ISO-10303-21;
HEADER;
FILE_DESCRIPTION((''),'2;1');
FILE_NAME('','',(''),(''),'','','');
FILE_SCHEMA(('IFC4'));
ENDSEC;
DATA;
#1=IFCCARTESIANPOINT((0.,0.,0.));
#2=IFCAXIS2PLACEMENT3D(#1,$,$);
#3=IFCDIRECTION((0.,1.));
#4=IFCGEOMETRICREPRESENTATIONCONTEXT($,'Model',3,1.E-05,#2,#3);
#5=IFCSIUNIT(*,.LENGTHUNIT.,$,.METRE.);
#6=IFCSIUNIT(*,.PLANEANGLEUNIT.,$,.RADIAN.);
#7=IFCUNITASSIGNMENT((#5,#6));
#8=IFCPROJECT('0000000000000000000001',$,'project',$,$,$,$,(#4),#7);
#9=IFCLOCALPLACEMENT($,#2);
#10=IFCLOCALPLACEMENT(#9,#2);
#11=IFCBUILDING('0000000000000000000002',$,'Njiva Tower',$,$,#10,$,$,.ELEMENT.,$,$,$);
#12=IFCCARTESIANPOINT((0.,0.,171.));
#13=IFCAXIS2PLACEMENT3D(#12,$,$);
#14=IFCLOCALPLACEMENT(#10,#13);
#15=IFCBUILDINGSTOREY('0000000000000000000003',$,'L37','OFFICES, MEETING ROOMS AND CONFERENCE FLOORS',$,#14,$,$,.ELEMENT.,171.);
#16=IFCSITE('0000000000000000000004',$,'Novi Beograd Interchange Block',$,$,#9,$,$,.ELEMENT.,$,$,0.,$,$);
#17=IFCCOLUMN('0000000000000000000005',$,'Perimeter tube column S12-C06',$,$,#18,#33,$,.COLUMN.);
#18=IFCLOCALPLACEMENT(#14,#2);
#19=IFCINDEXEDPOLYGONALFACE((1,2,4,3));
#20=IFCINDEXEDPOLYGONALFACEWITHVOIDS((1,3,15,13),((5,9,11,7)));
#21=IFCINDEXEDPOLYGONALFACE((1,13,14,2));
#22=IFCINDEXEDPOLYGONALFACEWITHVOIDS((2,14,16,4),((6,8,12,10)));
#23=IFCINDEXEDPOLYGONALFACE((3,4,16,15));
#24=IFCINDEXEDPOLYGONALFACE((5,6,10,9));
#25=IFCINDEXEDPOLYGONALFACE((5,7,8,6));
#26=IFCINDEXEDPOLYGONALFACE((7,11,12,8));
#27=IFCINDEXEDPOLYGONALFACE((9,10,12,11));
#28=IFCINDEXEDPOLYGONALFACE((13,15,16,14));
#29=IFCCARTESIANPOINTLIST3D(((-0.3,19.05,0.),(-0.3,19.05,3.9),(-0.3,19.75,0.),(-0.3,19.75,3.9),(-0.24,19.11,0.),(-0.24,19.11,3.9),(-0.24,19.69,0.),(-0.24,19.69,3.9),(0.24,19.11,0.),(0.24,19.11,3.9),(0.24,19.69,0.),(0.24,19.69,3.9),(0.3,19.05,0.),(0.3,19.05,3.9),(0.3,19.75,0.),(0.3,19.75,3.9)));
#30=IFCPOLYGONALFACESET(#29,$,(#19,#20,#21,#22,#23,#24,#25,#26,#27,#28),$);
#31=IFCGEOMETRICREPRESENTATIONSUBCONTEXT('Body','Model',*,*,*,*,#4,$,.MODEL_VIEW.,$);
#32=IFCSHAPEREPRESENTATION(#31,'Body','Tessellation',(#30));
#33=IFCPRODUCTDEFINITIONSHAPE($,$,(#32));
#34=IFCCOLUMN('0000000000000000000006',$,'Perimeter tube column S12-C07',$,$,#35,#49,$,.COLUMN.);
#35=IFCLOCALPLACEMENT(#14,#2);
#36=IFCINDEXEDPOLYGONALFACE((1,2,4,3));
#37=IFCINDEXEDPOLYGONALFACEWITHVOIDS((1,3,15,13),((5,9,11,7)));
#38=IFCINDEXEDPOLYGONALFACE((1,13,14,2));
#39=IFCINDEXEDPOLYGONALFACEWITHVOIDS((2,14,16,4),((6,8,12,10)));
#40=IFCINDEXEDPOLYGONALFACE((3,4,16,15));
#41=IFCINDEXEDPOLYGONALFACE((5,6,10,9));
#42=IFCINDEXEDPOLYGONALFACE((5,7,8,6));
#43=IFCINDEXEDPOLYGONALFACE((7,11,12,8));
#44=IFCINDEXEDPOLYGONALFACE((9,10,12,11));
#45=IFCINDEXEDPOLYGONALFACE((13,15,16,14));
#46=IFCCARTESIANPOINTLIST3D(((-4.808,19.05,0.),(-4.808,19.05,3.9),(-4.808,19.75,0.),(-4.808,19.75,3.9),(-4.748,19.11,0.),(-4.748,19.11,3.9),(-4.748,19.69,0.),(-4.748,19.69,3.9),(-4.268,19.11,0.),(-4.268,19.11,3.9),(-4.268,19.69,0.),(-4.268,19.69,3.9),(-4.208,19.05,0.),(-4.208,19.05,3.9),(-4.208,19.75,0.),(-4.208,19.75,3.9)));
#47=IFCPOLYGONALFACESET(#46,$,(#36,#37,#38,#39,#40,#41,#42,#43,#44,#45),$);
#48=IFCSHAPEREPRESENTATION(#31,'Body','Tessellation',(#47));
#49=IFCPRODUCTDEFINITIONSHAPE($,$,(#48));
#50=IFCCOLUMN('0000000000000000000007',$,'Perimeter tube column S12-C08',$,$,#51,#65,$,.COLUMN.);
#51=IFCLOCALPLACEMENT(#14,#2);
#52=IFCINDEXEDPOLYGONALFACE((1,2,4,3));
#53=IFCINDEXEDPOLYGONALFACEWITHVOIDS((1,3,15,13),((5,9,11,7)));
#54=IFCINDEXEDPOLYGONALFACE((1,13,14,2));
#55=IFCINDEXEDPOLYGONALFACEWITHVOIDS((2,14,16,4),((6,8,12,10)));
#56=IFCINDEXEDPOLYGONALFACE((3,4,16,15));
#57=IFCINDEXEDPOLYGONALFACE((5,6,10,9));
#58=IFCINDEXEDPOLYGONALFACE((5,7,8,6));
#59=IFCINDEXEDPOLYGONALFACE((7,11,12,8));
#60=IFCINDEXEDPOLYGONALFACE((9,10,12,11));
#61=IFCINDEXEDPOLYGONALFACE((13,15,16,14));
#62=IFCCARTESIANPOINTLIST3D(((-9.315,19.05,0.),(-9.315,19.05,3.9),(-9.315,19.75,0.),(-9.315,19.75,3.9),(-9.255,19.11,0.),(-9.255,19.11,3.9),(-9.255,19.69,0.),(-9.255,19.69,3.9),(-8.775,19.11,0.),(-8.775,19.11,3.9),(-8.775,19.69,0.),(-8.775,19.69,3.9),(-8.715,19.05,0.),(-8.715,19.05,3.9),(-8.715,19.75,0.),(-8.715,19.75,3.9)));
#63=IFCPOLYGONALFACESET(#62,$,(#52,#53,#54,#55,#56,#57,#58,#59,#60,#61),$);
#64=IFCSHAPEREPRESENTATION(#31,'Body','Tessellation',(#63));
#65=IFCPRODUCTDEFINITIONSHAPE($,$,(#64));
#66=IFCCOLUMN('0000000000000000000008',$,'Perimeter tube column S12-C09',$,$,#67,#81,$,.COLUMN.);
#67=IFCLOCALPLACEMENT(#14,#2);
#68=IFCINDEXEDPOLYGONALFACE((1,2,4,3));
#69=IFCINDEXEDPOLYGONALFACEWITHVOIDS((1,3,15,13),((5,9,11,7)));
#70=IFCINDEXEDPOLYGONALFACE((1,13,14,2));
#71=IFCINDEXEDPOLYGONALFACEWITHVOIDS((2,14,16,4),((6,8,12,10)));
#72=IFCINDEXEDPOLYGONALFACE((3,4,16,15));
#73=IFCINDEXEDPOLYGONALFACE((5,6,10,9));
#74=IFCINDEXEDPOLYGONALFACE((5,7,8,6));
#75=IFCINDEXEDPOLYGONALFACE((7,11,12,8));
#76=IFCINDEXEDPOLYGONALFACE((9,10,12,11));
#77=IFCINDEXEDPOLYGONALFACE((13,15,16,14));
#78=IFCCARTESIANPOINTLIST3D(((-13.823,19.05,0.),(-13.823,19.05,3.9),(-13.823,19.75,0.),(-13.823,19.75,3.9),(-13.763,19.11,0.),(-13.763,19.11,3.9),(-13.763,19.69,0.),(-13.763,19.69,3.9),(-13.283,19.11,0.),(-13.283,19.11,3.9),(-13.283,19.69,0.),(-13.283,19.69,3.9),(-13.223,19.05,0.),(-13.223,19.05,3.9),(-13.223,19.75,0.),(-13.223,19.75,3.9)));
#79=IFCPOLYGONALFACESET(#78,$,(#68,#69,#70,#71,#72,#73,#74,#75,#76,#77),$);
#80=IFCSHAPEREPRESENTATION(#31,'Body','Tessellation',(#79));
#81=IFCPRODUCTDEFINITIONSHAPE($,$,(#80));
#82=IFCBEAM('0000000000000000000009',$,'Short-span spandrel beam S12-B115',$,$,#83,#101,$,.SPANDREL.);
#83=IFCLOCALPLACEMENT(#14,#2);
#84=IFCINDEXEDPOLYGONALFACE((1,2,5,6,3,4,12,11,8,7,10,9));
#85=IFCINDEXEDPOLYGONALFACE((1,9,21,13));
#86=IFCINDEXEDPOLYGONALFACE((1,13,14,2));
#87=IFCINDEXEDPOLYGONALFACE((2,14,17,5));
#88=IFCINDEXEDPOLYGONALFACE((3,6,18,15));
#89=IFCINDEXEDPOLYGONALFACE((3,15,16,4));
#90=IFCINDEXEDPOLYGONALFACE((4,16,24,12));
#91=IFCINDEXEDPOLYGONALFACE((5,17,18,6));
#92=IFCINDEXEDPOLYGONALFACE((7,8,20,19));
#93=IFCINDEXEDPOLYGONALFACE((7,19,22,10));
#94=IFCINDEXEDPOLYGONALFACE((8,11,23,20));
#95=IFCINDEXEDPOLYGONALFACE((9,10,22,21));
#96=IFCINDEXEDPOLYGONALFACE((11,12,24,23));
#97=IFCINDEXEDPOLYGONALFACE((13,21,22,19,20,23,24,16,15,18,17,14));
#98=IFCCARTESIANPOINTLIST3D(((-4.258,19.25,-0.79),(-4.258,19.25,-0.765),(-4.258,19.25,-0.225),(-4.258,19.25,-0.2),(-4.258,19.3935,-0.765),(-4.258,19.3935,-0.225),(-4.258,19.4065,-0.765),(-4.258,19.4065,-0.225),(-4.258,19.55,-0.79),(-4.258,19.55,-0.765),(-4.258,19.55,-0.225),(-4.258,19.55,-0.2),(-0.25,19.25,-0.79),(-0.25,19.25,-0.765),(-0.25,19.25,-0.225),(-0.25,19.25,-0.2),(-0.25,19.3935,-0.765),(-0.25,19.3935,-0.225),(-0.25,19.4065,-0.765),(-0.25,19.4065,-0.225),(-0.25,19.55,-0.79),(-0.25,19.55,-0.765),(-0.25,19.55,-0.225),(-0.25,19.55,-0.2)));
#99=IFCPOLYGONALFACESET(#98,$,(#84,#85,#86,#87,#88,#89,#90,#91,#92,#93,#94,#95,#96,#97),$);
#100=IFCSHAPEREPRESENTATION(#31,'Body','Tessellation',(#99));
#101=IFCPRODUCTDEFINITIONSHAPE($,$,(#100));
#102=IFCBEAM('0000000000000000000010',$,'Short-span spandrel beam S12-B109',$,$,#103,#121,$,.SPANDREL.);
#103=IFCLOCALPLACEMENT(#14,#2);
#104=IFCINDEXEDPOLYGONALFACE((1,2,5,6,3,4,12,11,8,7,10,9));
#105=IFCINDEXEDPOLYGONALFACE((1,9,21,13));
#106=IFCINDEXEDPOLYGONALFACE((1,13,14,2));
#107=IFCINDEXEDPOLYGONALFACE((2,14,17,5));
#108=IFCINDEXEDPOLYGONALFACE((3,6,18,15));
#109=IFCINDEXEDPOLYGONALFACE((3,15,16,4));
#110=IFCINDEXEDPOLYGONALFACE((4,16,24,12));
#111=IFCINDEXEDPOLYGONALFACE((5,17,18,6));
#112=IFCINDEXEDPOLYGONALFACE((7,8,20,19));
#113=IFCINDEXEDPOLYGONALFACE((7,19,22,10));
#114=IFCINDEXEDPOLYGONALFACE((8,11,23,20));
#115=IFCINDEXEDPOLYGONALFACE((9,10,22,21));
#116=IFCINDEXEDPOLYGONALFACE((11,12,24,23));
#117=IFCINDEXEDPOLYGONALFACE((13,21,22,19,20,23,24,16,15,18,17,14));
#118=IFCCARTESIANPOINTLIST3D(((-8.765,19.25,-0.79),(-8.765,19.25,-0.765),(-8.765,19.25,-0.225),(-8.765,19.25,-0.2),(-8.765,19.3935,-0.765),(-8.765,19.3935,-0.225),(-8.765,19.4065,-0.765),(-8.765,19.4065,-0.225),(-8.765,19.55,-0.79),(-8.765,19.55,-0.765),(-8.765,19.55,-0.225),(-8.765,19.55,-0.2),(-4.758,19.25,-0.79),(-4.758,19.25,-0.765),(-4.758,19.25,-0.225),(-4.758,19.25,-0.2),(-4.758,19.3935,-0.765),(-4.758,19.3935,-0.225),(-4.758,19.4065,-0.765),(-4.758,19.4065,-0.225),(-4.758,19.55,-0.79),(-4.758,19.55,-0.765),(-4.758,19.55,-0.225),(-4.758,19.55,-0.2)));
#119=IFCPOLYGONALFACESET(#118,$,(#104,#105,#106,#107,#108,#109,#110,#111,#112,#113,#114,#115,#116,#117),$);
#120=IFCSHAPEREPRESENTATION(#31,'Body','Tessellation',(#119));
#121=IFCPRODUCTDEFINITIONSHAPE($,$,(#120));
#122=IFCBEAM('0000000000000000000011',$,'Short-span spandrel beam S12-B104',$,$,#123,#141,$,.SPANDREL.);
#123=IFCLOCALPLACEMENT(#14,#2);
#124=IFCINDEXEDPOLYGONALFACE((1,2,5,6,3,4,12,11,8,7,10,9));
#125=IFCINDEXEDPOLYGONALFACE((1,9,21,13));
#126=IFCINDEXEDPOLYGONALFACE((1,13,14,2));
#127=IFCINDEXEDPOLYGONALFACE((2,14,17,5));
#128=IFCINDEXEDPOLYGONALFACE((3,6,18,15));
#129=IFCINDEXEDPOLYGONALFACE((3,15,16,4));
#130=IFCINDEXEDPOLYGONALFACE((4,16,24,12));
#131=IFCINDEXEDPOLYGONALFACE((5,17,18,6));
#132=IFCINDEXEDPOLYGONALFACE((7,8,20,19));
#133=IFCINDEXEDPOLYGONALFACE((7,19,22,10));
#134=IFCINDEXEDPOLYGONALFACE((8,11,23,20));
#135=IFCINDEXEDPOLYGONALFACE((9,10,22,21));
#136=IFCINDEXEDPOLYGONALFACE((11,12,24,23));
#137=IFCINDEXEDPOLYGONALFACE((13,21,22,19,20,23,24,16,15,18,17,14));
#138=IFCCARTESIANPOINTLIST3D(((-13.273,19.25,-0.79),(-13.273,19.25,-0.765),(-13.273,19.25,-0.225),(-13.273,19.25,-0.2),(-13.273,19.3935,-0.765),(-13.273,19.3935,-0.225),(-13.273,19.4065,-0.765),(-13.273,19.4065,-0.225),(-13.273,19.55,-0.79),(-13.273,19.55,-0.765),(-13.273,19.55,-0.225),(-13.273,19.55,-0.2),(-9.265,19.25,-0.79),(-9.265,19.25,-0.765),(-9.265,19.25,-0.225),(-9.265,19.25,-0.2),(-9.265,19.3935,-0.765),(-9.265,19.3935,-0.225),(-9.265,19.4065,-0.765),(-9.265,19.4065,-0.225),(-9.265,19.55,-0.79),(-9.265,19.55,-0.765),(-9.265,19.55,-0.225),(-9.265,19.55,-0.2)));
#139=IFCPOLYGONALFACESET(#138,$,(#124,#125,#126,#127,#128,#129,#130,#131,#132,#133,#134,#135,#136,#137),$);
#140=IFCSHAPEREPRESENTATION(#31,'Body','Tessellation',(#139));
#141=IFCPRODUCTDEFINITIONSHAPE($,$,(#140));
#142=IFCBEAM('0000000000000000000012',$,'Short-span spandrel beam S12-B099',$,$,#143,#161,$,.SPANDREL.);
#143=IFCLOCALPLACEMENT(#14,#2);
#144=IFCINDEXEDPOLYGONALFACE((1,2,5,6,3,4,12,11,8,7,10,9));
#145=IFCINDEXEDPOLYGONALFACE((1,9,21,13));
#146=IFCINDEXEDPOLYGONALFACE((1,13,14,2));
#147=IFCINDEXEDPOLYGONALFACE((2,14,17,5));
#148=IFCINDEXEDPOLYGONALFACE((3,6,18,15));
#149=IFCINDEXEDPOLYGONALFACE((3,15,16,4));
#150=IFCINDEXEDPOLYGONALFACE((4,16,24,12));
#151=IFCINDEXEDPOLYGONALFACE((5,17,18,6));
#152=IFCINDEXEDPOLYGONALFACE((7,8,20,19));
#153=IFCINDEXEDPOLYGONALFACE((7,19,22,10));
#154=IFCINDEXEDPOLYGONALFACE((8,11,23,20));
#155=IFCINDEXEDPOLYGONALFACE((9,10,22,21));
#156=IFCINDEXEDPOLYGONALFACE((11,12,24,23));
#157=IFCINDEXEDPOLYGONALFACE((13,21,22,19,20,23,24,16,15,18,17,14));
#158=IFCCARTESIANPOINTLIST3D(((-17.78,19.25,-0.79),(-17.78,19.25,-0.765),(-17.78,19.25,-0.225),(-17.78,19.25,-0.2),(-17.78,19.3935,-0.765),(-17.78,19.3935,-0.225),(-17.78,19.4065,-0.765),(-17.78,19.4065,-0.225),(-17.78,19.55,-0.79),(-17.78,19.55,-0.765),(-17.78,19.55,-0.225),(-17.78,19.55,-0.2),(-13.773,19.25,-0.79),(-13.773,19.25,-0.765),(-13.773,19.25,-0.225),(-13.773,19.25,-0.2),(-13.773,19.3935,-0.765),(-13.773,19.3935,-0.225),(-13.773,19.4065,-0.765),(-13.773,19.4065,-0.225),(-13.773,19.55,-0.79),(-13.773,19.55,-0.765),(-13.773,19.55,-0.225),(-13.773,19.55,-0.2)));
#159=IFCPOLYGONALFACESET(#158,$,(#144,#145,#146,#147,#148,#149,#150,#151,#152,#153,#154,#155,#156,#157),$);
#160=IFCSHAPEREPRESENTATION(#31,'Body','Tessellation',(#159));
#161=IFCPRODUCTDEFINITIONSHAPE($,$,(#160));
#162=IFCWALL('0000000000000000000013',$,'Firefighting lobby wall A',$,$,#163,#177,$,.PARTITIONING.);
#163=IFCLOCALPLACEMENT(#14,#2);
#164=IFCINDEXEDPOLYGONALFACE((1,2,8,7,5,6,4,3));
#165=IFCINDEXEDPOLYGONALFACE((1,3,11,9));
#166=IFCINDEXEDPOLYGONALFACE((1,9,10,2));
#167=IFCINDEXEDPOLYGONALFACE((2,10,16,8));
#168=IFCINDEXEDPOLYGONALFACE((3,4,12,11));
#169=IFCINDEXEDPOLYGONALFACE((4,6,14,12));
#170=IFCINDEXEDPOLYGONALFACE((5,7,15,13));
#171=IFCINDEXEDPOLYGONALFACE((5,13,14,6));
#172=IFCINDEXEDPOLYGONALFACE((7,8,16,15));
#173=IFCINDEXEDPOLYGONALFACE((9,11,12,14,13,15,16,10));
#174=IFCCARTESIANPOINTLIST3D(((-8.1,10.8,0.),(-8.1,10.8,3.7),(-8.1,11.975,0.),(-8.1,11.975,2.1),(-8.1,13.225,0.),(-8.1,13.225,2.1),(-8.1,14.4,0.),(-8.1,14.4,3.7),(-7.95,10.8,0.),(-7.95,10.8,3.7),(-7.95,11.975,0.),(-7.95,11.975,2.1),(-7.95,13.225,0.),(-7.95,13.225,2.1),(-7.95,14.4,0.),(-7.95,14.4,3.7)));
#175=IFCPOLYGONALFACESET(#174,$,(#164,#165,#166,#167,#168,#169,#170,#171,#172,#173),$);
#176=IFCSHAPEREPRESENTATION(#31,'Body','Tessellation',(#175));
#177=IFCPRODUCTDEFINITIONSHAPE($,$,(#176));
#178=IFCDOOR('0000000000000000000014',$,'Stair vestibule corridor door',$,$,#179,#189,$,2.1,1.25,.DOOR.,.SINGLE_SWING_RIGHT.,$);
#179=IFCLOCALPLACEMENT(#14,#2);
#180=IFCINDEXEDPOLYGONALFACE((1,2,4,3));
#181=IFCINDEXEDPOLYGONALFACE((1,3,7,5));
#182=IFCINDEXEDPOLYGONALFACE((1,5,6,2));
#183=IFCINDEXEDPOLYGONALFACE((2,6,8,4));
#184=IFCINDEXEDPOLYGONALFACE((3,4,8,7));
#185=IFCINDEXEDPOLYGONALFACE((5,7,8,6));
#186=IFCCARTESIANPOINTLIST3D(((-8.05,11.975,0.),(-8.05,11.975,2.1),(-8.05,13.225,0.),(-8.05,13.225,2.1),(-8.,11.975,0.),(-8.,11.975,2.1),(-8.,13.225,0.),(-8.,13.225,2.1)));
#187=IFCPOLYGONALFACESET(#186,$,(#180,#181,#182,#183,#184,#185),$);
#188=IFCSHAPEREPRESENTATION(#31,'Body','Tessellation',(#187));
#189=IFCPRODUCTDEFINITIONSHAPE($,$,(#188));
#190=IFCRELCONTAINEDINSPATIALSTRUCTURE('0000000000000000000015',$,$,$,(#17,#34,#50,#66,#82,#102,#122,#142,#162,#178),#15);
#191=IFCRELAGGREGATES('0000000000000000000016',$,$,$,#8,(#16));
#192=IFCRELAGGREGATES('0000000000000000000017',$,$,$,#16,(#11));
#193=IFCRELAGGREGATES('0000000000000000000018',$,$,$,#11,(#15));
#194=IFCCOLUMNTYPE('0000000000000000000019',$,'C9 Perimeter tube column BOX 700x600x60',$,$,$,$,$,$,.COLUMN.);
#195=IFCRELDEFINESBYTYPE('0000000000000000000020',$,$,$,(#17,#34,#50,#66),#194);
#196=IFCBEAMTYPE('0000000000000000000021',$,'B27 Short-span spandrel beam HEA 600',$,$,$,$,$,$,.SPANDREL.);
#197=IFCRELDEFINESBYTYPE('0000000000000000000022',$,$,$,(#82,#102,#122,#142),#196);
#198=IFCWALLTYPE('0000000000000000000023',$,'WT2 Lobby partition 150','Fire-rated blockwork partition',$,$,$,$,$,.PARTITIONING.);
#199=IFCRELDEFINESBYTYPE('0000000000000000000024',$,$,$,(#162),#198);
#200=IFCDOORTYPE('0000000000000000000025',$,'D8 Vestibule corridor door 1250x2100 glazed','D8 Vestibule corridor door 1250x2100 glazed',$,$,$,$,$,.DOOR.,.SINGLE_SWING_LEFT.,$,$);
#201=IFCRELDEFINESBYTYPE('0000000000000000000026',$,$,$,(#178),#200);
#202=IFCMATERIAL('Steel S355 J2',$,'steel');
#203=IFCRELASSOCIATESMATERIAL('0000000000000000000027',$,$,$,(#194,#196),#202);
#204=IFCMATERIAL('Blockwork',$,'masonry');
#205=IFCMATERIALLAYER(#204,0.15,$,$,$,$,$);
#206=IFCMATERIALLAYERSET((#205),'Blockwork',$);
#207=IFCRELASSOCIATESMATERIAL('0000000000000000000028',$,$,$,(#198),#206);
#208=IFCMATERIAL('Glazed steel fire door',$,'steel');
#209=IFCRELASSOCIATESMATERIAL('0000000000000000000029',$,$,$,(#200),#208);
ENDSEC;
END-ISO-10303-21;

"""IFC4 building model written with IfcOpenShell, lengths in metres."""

from ifc_helpers import new_model, si_unit, direction, frame, frame_2d, origin, origin_2d, place, context, subcontext, project, spatial, rectangle, hollow_rectangle, i_section, extrude, material, layer, layer_set, material_profile, profile_set, type_object, element, fill, save


model = new_model("IFC4")

# Units and contexts
model_context = context("Model", 3, precision=1e-05, world=origin(), true_north=direction((0.0, 1.0)))
body_context = subcontext(model_context, "Body", "Model", "MODEL_VIEW")
ifc_project = project(units=[si_unit("LENGTHUNIT", "METRE"), si_unit("PLANEANGLEUNIT", "RADIAN")], contexts=[model_context])

# Site, building, storey
site_placement = place(None, origin())
site = spatial("IfcSite", under=ifc_project, at=site_placement, Name="Novi Beograd Interchange Block", CompositionType="ELEMENT", RefElevation=0.0)
building_placement = place(site_placement, origin())
building = spatial("IfcBuilding", under=site, at=building_placement, Name="Njiva Tower", CompositionType="ELEMENT")
storey_placement = place(building_placement, frame((0.0, 0.0, 171.0)))
storey = spatial("IfcBuildingStorey", under=building, at=storey_placement, Name="L37", Description="OFFICES, MEETING ROOMS AND CONFERENCE FLOORS", CompositionType="ELEMENT", Elevation=171.0)

# Columns
ifc_material_1 = material(Name="Steel S355 J2", Category="steel")
ifc_material_profile_1 = material_profile(ifc_material_1, hollow_rectangle(XDim=0.6, YDim=0.7, WallThickness=0.06, at=origin_2d()), Name="BOX 700x600x60")
ifc_profile_set_1 = profile_set([ifc_material_profile_1], Name="Steel S355 J2")
column_type = type_object("IfcColumnType", Name="C9 Perimeter tube column BOX 700x600x60", PredefinedType="COLUMN", material=ifc_profile_set_1)
for number, where, z_axis, x_axis, name in (
    (1, (0.0, 19.4, 0.0), (0.0, 0.0, 1.0), (-1.0, 0.0, 0.0), "Perimeter tube column S12-C06"),
    (2, (-4.508, 19.4, 0.0), (0.0, 0.0, 1.0), (-1.0, 0.0, 0.0), "Perimeter tube column S12-C07"),
    (3, (-9.015, 19.4, 0.0), (0.0, 0.0, 1.0), (-1.0, 0.0, 0.0), "Perimeter tube column S12-C08"),
    (4, (-13.523, 19.4, 0.0), (0.0, 0.0, 1.0), (-1.0, 0.0, 0.0), "Perimeter tube column S12-C09"),
):
    element("IfcColumn", number, at=place(storey_placement, frame(where, z_axis=z_axis, x_axis=x_axis)), inside=storey, type_object=column_type, Name=name, PredefinedType="COLUMN", context=body_context, shape_type="SweptSolid", body=[
        extrude(hollow_rectangle(XDim=0.6, YDim=0.7, WallThickness=0.06, at=origin_2d()), origin(), (0.0, 0.0, 1.0), 3.9),
    ])

# Beams
ifc_material_profile_2 = material_profile(ifc_material_1, i_section(OverallWidth=0.3, OverallDepth=0.59, WebThickness=0.013, FlangeThickness=0.025, at=origin_2d()), Name="HEA 600")
ifc_profile_set_2 = profile_set([ifc_material_profile_2], Name="Steel S355 J2")
beam_type = type_object("IfcBeamType", Name="B27 Short-span spandrel beam HEA 600", PredefinedType="SPANDREL", material=ifc_profile_set_2)
beam_1_placement = place(storey_placement, frame((-0.25, 19.4, -0.495), z_axis=(-1.0, 0.0, 0.0), x_axis=(0.0, -1.0, 0.0)))
element("IfcBeam", 5, at=beam_1_placement, inside=storey, type_object=beam_type, Name="Short-span spandrel beam S12-B115", PredefinedType="SPANDREL", context=body_context, shape_type="SweptSolid", body=[
    extrude(i_section(OverallWidth=0.3, OverallDepth=0.59, WebThickness=0.013, FlangeThickness=0.025, at=origin_2d()), origin(), (0.0, 0.0, 1.0), 4.008),
])
beam_2_placement = place(storey_placement, frame((-4.758, 19.4, -0.495), z_axis=(-1.0, 0.0, 0.0), x_axis=(0.0, -1.0, 0.0)))
element("IfcBeam", 6, at=beam_2_placement, inside=storey, type_object=beam_type, Name="Short-span spandrel beam S12-B109", PredefinedType="SPANDREL", context=body_context, shape_type="SweptSolid", body=[
    extrude(i_section(OverallWidth=0.3, OverallDepth=0.59, WebThickness=0.013, FlangeThickness=0.025, at=origin_2d()), origin(), (0.0, 0.0, 1.0), 4.007),
])
beam_3_placement = place(storey_placement, frame((-9.265, 19.4, -0.495), z_axis=(-1.0, 0.0, 0.0), x_axis=(0.0, -1.0, 0.0)))
element("IfcBeam", 7, at=beam_3_placement, inside=storey, type_object=beam_type, Name="Short-span spandrel beam S12-B104", PredefinedType="SPANDREL", context=body_context, shape_type="SweptSolid", body=[
    extrude(i_section(OverallWidth=0.3, OverallDepth=0.59, WebThickness=0.013, FlangeThickness=0.025, at=origin_2d()), origin(), (0.0, 0.0, 1.0), 4.008),
])
beam_4_placement = place(storey_placement, frame((-13.773, 19.4, -0.495), z_axis=(-1.0, 0.0, 0.0), x_axis=(0.0, -1.0, 0.0)))
element("IfcBeam", 8, at=beam_4_placement, inside=storey, type_object=beam_type, Name="Short-span spandrel beam S12-B099", PredefinedType="SPANDREL", context=body_context, shape_type="SweptSolid", body=[
    extrude(i_section(OverallWidth=0.3, OverallDepth=0.59, WebThickness=0.013, FlangeThickness=0.025, at=origin_2d()), origin(), (0.0, 0.0, 1.0), 4.007),
])

# Wall, opening, door
ifc_material_2 = material(Name="Blockwork", Category="masonry")
ifc_layer_1 = layer(ifc_material_2, 0.15)
ifc_layer_set_1 = layer_set([ifc_layer_1], Name="Blockwork")
wall_type_1 = type_object("IfcWallType", Name="WT2 Lobby partition 150", Description="Fire-rated blockwork partition", PredefinedType="PARTITIONING", material=ifc_layer_set_1)
wall_1_placement = place(storey_placement, frame((-8.025, 10.8, 0.0), z_axis=(0.0, 0.0, 1.0), x_axis=(0.0, 1.0, 0.0)))
wall_1 = element("IfcWall", 9, at=wall_1_placement, inside=storey, type_object=wall_type_1, Name="Firefighting lobby wall A", PredefinedType="PARTITIONING", context=body_context, shape_type="SweptSolid", body=[
    extrude(rectangle(XDim=3.6, YDim=0.15, at=frame_2d((1.8, 0.0))), origin(), (0.0, 0.0, 1.0), 3.7),
])
opening_1_placement = place(wall_1_placement, frame((1.175, 0.0, 0.0)))
opening_1 = element("IfcOpeningElement", 10, at=opening_1_placement, cuts=wall_1, PredefinedType="OPENING", context=body_context, shape_type="SweptSolid", body=[
    extrude(rectangle(XDim=1.25, YDim=2.1, at=frame_2d((0.625, 1.05))), frame((0.0, 0.085, 0.0), z_axis=(0.0, -1.0, 0.0), x_axis=(1.0, 0.0, 0.0)), (0.0, 0.0, 1.0), 0.17),
])
ifc_material_3 = material(Name="Glazed steel fire door", Category="steel")
door_type_1 = type_object("IfcDoorType", Name="D8 Vestibule corridor door 1250x2100 glazed", Description="D8 Vestibule corridor door 1250x2100 glazed", OperationType="SINGLE_SWING_LEFT", PredefinedType="DOOR", material=ifc_material_3)
door_1_placement = place(opening_1_placement, origin())
door_1 = element("IfcDoor", 11, at=door_1_placement, inside=storey, type_object=door_type_1, Name="Stair vestibule corridor door", OperationType="SINGLE_SWING_RIGHT", OverallHeight=2.1, OverallWidth=1.25, PredefinedType="DOOR", context=body_context, shape_type="SweptSolid", body=[
    extrude(rectangle(XDim=1.25, YDim=2.1, at=frame_2d((0.625, 1.05))), frame((0.0, 0.025, 0.0), z_axis=(0.0, -1.0, 0.0), x_axis=(1.0, 0.0, 0.0)), (0.0, 0.0, 1.0), 0.05),
])
fill(opening_1, door_1)

save(model, "model.ifc")
